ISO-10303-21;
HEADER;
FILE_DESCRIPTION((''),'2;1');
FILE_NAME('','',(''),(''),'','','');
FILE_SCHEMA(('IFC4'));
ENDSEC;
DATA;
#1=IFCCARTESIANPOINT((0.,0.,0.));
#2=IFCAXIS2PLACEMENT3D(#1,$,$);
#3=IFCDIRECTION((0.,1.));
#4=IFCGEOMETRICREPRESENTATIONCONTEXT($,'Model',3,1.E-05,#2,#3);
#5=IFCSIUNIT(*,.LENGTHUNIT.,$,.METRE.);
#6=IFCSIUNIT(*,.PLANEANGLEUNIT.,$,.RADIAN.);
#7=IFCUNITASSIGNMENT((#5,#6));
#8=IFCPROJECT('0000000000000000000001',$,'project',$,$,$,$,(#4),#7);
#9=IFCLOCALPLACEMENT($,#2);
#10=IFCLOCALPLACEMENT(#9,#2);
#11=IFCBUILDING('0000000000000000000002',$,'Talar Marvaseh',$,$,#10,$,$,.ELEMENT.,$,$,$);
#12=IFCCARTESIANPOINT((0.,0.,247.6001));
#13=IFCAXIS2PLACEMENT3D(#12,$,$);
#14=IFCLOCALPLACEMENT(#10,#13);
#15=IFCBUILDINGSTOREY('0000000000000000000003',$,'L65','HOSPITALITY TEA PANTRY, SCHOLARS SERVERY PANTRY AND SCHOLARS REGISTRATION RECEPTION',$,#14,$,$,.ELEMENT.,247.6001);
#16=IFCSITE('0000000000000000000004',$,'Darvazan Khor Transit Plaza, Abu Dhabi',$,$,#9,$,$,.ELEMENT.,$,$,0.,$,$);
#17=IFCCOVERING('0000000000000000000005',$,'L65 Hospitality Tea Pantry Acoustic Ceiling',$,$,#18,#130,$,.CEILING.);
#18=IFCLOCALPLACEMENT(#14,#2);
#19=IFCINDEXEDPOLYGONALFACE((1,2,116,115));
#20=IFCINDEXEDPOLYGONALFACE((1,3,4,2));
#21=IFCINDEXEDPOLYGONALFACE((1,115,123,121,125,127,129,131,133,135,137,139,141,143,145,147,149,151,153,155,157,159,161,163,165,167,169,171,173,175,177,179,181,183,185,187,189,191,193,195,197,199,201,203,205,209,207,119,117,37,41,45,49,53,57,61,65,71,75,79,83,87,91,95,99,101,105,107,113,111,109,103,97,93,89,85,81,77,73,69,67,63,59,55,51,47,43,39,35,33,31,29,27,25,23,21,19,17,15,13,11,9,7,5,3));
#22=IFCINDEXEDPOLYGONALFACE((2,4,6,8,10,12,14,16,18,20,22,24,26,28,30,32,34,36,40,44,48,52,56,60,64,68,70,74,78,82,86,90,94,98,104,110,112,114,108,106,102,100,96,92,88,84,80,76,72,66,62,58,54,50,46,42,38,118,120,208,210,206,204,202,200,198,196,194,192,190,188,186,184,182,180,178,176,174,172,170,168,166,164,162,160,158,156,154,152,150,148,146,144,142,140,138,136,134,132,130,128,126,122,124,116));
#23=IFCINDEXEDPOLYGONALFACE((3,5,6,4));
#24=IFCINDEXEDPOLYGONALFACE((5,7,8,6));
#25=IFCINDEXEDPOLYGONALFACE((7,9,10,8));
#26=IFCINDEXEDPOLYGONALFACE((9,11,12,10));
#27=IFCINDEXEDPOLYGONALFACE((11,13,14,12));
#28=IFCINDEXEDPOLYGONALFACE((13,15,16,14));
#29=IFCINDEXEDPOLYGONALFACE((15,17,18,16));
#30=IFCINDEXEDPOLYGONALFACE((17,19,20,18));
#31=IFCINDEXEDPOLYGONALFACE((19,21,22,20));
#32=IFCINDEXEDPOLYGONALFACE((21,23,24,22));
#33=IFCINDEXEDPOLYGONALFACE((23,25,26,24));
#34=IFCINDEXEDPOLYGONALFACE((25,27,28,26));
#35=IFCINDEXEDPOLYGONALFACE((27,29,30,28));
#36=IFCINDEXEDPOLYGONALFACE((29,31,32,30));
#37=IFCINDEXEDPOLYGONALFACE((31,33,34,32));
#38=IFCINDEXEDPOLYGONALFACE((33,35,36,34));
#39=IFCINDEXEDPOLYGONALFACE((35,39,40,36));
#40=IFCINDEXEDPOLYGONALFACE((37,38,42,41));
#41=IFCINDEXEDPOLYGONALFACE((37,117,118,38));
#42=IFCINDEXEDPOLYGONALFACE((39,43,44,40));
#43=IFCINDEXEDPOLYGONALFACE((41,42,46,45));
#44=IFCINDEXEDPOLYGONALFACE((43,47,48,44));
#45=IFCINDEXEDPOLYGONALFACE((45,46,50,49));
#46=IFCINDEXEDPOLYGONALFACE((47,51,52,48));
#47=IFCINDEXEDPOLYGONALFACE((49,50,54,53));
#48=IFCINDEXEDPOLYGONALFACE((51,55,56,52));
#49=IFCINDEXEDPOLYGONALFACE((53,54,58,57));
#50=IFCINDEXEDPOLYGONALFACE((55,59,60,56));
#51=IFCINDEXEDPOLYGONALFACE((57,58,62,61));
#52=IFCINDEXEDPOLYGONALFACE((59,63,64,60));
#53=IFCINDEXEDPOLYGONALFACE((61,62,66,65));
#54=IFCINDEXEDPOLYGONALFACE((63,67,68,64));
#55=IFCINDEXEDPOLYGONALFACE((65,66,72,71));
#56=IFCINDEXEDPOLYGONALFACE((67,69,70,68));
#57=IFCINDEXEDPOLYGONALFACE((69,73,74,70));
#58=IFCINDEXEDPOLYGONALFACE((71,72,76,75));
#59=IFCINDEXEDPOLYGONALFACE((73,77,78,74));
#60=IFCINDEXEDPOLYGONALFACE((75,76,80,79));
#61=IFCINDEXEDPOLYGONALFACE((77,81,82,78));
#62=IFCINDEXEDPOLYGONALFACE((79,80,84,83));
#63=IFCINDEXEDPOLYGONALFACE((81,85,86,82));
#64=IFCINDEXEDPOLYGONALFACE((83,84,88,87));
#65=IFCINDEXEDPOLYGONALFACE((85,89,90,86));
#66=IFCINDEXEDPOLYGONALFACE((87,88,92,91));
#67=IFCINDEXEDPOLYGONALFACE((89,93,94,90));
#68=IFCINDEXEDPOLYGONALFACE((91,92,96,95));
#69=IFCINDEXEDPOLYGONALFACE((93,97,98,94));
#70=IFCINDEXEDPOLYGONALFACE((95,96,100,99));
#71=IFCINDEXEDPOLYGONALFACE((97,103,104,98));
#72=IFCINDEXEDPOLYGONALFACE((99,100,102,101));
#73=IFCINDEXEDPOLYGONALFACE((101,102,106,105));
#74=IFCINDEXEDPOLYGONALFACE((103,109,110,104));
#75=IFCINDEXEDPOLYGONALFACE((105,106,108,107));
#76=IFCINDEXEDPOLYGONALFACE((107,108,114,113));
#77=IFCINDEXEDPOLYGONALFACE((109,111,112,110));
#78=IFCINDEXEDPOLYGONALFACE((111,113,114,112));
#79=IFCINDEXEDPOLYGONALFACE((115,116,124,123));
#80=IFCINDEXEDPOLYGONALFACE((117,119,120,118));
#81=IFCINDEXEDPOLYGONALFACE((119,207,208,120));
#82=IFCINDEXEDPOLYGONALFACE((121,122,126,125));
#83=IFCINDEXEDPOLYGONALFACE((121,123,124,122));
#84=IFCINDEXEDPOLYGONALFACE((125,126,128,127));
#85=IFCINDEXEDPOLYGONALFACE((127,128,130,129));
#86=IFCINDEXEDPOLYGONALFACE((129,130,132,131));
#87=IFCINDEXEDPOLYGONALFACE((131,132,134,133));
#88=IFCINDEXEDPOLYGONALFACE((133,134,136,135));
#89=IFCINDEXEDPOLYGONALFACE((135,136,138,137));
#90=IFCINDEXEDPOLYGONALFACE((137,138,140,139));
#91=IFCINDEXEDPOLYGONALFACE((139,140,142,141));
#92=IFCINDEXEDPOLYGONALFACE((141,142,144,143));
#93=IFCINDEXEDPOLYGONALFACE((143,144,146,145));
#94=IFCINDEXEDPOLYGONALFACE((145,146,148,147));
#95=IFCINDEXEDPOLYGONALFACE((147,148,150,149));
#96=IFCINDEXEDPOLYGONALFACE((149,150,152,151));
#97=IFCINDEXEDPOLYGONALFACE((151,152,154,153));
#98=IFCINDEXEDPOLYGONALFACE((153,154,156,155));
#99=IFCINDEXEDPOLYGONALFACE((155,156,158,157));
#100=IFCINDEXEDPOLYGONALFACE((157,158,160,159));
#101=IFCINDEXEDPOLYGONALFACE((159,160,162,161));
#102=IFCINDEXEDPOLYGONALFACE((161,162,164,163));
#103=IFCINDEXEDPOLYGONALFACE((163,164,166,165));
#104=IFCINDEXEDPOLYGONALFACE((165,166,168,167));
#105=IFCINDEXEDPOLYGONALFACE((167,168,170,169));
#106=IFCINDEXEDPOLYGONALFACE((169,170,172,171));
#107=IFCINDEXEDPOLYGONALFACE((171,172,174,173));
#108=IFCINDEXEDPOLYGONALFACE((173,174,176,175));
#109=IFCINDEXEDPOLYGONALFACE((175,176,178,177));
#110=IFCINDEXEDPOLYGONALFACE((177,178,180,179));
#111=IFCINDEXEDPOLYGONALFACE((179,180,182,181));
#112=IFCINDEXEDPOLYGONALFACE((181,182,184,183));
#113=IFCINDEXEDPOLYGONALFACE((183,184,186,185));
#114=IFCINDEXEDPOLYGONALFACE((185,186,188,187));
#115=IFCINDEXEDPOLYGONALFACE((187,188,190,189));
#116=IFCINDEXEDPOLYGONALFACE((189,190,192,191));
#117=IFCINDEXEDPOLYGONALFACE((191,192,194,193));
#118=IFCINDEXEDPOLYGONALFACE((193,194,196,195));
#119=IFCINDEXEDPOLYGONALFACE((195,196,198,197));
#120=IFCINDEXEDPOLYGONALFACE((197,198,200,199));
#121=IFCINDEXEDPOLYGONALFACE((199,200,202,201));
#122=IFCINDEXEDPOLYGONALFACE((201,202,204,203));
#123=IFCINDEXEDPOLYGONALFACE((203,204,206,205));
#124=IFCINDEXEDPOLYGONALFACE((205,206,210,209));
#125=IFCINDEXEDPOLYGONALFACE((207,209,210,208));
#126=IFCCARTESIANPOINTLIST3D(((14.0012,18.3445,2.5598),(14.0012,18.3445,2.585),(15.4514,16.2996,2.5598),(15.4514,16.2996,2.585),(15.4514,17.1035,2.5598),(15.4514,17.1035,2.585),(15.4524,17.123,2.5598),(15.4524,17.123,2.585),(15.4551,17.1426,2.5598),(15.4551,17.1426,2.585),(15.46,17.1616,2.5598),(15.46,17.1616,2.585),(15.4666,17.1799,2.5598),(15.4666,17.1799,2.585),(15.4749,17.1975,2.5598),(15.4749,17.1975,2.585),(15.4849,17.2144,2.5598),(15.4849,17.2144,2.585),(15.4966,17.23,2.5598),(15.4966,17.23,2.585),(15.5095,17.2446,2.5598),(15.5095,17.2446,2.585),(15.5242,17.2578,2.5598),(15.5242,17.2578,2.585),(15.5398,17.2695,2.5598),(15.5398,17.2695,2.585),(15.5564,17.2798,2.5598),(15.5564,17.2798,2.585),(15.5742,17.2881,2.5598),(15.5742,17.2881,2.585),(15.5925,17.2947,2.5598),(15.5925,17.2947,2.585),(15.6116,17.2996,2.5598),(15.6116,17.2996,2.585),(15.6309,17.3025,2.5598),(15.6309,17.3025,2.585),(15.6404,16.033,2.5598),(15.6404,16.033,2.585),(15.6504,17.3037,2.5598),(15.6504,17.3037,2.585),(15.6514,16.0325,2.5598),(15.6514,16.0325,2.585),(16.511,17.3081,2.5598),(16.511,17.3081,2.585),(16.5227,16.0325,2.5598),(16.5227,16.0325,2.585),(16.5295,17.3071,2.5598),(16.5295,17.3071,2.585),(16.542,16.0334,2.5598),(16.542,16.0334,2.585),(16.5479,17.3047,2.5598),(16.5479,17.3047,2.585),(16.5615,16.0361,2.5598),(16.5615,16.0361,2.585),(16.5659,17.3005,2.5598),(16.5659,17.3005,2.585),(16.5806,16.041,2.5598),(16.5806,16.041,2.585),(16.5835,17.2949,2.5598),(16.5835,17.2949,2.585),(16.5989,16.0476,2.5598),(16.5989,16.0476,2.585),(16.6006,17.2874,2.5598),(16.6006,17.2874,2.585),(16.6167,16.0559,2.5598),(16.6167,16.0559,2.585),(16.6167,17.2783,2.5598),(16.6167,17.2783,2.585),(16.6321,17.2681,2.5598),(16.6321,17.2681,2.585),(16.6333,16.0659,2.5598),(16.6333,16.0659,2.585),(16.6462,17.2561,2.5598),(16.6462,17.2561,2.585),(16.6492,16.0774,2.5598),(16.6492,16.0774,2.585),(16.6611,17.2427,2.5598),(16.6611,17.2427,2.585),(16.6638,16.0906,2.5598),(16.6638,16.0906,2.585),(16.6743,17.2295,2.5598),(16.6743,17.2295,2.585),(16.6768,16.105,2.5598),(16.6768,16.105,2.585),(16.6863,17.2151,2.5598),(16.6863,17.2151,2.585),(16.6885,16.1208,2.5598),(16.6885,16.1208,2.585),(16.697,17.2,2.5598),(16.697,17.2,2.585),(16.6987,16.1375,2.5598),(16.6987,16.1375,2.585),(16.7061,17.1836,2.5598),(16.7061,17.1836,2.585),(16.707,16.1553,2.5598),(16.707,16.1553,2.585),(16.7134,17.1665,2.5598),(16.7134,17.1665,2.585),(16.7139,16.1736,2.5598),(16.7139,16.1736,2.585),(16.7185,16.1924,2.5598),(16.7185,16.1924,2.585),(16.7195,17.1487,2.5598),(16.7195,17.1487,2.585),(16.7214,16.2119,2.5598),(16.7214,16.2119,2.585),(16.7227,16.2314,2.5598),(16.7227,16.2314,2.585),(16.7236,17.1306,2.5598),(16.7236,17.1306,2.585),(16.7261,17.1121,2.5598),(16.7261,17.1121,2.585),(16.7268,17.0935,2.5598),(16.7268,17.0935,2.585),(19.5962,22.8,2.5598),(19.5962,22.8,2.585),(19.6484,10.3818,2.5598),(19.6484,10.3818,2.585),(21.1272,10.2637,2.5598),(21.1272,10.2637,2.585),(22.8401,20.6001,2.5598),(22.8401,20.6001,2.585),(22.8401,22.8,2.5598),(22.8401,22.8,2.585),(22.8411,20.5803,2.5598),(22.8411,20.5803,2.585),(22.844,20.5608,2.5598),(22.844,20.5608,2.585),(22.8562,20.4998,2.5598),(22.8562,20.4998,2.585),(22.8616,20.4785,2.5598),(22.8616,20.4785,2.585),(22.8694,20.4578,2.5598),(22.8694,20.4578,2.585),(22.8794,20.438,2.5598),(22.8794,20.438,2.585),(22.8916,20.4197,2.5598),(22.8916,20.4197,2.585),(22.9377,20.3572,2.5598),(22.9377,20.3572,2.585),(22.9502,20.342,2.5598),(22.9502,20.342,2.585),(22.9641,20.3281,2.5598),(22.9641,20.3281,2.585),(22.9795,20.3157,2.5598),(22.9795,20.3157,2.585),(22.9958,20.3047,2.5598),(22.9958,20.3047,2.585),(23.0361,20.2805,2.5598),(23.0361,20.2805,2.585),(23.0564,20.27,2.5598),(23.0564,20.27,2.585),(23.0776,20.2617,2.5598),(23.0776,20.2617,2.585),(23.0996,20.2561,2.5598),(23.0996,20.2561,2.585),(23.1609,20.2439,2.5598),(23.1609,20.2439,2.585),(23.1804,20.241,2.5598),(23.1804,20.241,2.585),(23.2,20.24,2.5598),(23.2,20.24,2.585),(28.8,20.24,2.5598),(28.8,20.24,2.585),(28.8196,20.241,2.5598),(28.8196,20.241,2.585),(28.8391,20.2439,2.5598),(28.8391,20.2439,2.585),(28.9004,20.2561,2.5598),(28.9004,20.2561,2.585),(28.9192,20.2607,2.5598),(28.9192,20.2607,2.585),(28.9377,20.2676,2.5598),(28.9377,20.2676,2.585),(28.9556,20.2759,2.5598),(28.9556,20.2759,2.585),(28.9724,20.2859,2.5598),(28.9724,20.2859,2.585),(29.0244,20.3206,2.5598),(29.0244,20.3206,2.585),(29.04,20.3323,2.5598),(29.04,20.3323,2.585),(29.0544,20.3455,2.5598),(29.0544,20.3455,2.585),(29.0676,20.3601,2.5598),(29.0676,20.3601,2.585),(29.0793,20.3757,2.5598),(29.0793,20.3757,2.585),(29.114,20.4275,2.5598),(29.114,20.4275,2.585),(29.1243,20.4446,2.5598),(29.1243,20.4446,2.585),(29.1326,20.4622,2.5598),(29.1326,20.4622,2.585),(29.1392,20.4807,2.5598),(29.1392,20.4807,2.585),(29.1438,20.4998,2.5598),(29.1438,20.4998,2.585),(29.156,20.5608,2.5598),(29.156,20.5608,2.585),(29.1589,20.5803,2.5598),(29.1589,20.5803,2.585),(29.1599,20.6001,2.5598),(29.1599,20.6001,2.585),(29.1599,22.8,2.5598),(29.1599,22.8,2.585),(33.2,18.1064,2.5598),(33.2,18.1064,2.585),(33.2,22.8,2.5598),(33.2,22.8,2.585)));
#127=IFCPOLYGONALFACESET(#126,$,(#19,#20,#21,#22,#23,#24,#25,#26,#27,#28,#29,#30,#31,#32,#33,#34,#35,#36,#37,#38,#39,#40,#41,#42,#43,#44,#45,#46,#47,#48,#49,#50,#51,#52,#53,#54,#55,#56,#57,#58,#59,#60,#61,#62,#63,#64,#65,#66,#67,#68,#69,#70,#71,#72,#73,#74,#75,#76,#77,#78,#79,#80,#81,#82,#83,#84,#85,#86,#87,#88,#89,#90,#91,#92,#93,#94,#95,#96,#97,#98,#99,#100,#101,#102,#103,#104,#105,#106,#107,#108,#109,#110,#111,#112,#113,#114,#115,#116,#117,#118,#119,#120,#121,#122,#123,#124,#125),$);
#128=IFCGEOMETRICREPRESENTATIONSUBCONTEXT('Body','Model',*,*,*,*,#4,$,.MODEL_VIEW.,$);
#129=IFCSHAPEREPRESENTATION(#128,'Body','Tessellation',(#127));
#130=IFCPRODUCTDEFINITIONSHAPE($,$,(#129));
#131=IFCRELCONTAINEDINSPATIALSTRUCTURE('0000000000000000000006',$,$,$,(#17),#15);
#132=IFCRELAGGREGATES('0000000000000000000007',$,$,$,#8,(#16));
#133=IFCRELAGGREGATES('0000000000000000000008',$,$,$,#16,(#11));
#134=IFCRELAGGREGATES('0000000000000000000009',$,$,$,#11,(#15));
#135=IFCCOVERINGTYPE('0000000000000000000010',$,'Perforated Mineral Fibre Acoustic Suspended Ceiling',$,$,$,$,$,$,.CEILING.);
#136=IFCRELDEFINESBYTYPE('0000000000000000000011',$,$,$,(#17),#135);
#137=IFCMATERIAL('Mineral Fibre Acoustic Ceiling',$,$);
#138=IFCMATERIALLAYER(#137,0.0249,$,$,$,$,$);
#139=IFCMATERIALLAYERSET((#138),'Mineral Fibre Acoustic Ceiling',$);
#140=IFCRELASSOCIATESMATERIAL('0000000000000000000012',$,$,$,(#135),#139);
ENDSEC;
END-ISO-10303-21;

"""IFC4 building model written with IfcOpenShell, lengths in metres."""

from ifc_helpers import new_model, si_unit, direction, frame, origin, place, context, subcontext, project, spatial, polyline, outline, extrude, material, layer, layer_set, type_object, element, save


model = new_model("IFC4")

# Units and contexts
model_context = context("Model", 3, precision=1e-05, world=origin(), true_north=direction((0.0, 1.0)))
body_context = subcontext(model_context, "Body", "Model", "MODEL_VIEW")
ifc_project = project(units=[si_unit("LENGTHUNIT", "METRE"), si_unit("PLANEANGLEUNIT", "RADIAN")], contexts=[model_context])

# Site, building, storey
site_placement = place(None, origin())
site = spatial("IfcSite", under=ifc_project, at=site_placement, Name="Darvazan Khor Transit Plaza, Abu Dhabi", CompositionType="ELEMENT", RefElevation=0.0)
building_placement = place(site_placement, origin())
building = spatial("IfcBuilding", under=site, at=building_placement, Name="Talar Marvaseh", CompositionType="ELEMENT")
storey_placement = place(building_placement, frame((0.0, 0.0, 247.6001)))
storey = spatial("IfcBuildingStorey", under=building, at=storey_placement, Name="L65", Description="HOSPITALITY TEA PANTRY, SCHOLARS SERVERY PANTRY AND SCHOLARS REGISTRATION RECEPTION", CompositionType="ELEMENT", Elevation=247.6001)

# Covering
ifc_material_1 = material(Name="Mineral Fibre Acoustic Ceiling")
ifc_layer_1 = layer(ifc_material_1, 0.0249)
ifc_layer_set_1 = layer_set([ifc_layer_1], Name="Mineral Fibre Acoustic Ceiling")
covering_type_1 = type_object("IfcCoveringType", Name="Perforated Mineral Fibre Acoustic Suspended Ceiling", PredefinedType="CEILING", material=ifc_layer_set_1)
covering_1_placement = place(storey_placement, frame((0.0, 0.0, 2.5598)))
element("IfcCovering", 1, at=covering_1_placement, inside=storey, type_object=covering_type_1, Name="L65 Hospitality Tea Pantry Acoustic Ceiling", PredefinedType="CEILING", context=body_context, shape_type="SweptSolid", body=[
    extrude(outline(polyline([(22.8401, 22.8), (22.8401, 20.6001), (22.8411, 20.5803), (22.844, 20.5608), (22.8562, 20.4998), (22.8616, 20.4785), (22.8694, 20.4578), (22.8794, 20.438), (22.8916, 20.4197), (22.9377, 20.3572), (22.9502, 20.342), (22.9641, 20.3281), (22.9795, 20.3157), (22.9958, 20.3047), (23.0361, 20.2805), (23.0564, 20.27), (23.0776, 20.2617), (23.0996, 20.2561), (23.1609, 20.2439), (23.1804, 20.241), (23.2, 20.24), (28.8, 20.24), (28.8196, 20.241), (28.8391, 20.2439), (28.9004, 20.2561), (28.9192, 20.2607), (28.9377, 20.2676), (28.9556, 20.2759), (28.9724, 20.2859), (29.0244, 20.3206), (29.04, 20.3323), (29.0544, 20.3455), (29.0676, 20.3601), (29.0793, 20.3757), (29.114, 20.4275), (29.1243, 20.4446), (29.1326, 20.4622), (29.1392, 20.4807), (29.1438, 20.4998), (29.156, 20.5608), (29.1589, 20.5803), (29.1599, 20.6001), (29.1599, 22.8), (33.2, 22.8), (33.2, 18.1064), (21.1272, 10.2637), (19.6484, 10.3818), (15.6404, 16.033), (15.6514, 16.0325), (16.5227, 16.0325), (16.542, 16.0334), (16.5615, 16.0361), (16.5806, 16.041), (16.5989, 16.0476), (16.6167, 16.0559), (16.6333, 16.0659), (16.6492, 16.0774), (16.6638, 16.0906), (16.6768, 16.105), (16.6885, 16.1208), (16.6987, 16.1375), (16.707, 16.1553), (16.7139, 16.1736), (16.7185, 16.1924), (16.7214, 16.2119), (16.7227, 16.2314), (16.7268, 17.0935), (16.7261, 17.1121), (16.7236, 17.1306), (16.7195, 17.1487), (16.7134, 17.1665), (16.7061, 17.1836), (16.697, 17.2), (16.6863, 17.2151), (16.6743, 17.2295), (16.6611, 17.2427), (16.6462, 17.2561), (16.6321, 17.2681), (16.6167, 17.2783), (16.6006, 17.2874), (16.5835, 17.2949), (16.5659, 17.3005), (16.5479, 17.3047), (16.5295, 17.3071), (16.511, 17.3081), (15.6504, 17.3037), (15.6309, 17.3025), (15.6116, 17.2996), (15.5925, 17.2947), (15.5742, 17.2881), (15.5564, 17.2798), (15.5398, 17.2695), (15.5242, 17.2578), (15.5095, 17.2446), (15.4966, 17.23), (15.4849, 17.2144), (15.4749, 17.1975), (15.4666, 17.1799), (15.46, 17.1616), (15.4551, 17.1426), (15.4524, 17.123), (15.4514, 17.1035), (15.4514, 16.2996), (14.0012, 18.3445), (19.5962, 22.8), (22.8401, 22.8)])), origin(), (0.0, 0.0, 1.0), 0.0251),
])

save(model, "model.ifc")
